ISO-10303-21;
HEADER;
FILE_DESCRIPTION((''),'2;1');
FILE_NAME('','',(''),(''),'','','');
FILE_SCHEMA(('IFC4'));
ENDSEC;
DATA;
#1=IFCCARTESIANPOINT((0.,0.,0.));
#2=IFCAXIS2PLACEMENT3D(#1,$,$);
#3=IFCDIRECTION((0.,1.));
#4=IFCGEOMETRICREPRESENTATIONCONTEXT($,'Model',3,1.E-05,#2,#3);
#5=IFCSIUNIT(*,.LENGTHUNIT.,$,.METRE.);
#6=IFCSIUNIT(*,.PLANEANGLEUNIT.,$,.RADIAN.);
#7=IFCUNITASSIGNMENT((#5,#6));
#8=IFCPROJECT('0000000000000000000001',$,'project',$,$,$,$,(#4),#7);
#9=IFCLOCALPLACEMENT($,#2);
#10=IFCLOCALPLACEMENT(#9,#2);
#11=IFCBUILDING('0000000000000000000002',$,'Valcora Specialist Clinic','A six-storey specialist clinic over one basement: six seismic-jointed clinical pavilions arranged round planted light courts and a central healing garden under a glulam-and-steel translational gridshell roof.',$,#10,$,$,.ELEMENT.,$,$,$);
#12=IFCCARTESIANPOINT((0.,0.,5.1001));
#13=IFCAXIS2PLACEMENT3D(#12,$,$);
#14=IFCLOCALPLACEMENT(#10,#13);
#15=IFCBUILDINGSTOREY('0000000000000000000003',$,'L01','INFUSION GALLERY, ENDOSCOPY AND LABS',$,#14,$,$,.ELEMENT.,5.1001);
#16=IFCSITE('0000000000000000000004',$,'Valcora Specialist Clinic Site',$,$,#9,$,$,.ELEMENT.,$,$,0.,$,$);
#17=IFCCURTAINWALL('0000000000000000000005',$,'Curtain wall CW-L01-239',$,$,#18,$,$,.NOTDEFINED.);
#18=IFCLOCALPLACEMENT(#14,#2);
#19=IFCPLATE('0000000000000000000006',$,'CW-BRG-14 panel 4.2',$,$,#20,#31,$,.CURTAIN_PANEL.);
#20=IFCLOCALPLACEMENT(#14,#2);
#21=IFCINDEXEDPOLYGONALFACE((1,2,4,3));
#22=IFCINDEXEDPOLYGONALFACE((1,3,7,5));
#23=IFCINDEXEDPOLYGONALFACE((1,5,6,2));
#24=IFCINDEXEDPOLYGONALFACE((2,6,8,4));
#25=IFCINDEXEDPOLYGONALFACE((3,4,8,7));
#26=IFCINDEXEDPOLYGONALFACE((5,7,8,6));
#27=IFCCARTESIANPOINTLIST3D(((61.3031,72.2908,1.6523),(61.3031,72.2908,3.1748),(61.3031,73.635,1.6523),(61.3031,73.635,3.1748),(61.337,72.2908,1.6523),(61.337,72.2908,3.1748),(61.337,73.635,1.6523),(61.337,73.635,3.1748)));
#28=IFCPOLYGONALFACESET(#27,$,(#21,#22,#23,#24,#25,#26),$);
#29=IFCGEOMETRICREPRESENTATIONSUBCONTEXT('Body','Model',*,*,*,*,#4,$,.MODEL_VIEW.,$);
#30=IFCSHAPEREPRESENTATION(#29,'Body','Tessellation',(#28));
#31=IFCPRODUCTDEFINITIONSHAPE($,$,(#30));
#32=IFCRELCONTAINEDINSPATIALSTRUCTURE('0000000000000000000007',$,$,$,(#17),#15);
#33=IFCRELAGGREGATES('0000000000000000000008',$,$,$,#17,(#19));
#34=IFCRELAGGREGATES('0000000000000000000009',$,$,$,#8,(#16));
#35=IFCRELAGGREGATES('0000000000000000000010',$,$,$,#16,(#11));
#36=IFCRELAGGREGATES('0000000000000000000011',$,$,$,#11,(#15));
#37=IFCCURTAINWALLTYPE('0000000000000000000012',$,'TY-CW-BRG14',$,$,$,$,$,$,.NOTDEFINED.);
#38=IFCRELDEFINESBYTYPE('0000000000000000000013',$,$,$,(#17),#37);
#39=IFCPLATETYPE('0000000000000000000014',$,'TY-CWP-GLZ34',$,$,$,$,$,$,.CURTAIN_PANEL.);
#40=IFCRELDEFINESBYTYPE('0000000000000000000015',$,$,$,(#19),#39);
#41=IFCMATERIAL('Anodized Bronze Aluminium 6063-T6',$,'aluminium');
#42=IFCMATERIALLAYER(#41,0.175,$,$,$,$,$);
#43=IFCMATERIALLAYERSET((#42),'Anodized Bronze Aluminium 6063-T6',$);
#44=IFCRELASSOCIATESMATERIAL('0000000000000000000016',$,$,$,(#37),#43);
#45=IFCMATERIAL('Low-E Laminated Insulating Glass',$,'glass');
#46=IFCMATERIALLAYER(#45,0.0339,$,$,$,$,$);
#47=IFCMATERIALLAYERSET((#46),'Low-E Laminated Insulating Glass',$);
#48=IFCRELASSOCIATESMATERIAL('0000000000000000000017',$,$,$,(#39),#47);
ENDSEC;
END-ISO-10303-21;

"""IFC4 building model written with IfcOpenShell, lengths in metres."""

from ifc_helpers import new_model, si_unit, direction, frame, origin, origin_2d, place, context, subcontext, project, spatial, rectangle, extrude, material, layer, layer_set, type_object, element, aggregate, save


model = new_model("IFC4")

# Units and contexts
model_context = context("Model", 3, precision=1e-05, world=origin(), true_north=direction((0.0, 1.0)))
body_context = subcontext(model_context, "Body", "Model", "MODEL_VIEW")
ifc_project = project(units=[si_unit("LENGTHUNIT", "METRE"), si_unit("PLANEANGLEUNIT", "RADIAN")], contexts=[model_context])

# Site, building, storey
site_placement = place(None, origin())
site = spatial("IfcSite", under=ifc_project, at=site_placement, Name="Valcora Specialist Clinic Site", CompositionType="ELEMENT", RefElevation=0.0)
building_placement = place(site_placement, origin())
building = spatial("IfcBuilding", under=site, at=building_placement, Name="Valcora Specialist Clinic", Description="A six-storey specialist clinic over one basement: six seismic-jointed clinical pavilions arranged round planted light courts and a central healing garden under a glulam-and-steel translational gridshell roof.", CompositionType="ELEMENT")
storey_placement = place(building_placement, frame((0.0, 0.0, 5.1001)))
storey = spatial("IfcBuildingStorey", under=building, at=storey_placement, Name="L01", Description="INFUSION GALLERY, ENDOSCOPY AND LABS", CompositionType="ELEMENT", Elevation=5.1001)

# Curtain wall, plate
ifc_material_1 = material(Name="Anodized Bronze Aluminium 6063-T6", Category="aluminium")
ifc_layer_1 = layer(ifc_material_1, 0.175)
ifc_layer_set_1 = layer_set([ifc_layer_1], Name="Anodized Bronze Aluminium 6063-T6")
curtain_wall_type = type_object("IfcCurtainWallType", Name="TY-CW-BRG14", PredefinedType="NOTDEFINED", material=ifc_layer_set_1)
curtain_wall_placement = place(storey_placement, origin())
curtain_wall = element("IfcCurtainWall", 1, at=curtain_wall_placement, inside=storey, type_object=curtain_wall_type, Name="Curtain wall CW-L01-239", PredefinedType="NOTDEFINED")
ifc_material_2 = material(Name="Low-E Laminated Insulating Glass", Category="glass")
ifc_layer_2 = layer(ifc_material_2, 0.0339)
ifc_layer_set_2 = layer_set([ifc_layer_2], Name="Low-E Laminated Insulating Glass")
plate_type = type_object("IfcPlateType", Name="TY-CWP-GLZ34", PredefinedType="CURTAIN_PANEL", material=ifc_layer_set_2)
plate_1_placement = place(storey_placement, frame((61.3201, 72.9629, 1.6523), z_axis=(0.0, 0.0, 1.0), x_axis=(0.0, 1.0, 0.0)))
plate_1 = element("IfcPlate", 2, at=plate_1_placement, type_object=plate_type, Name="CW-BRG-14 panel 4.2", PredefinedType="CURTAIN_PANEL", context=body_context, shape_type="SweptSolid", body=[
    extrude(rectangle(XDim=1.3442, YDim=0.0339, at=origin_2d()), origin(), (0.0, 0.0, 1.0), 1.5225),
])
aggregate(curtain_wall, [plate_1])

save(model, "model.ifc")
